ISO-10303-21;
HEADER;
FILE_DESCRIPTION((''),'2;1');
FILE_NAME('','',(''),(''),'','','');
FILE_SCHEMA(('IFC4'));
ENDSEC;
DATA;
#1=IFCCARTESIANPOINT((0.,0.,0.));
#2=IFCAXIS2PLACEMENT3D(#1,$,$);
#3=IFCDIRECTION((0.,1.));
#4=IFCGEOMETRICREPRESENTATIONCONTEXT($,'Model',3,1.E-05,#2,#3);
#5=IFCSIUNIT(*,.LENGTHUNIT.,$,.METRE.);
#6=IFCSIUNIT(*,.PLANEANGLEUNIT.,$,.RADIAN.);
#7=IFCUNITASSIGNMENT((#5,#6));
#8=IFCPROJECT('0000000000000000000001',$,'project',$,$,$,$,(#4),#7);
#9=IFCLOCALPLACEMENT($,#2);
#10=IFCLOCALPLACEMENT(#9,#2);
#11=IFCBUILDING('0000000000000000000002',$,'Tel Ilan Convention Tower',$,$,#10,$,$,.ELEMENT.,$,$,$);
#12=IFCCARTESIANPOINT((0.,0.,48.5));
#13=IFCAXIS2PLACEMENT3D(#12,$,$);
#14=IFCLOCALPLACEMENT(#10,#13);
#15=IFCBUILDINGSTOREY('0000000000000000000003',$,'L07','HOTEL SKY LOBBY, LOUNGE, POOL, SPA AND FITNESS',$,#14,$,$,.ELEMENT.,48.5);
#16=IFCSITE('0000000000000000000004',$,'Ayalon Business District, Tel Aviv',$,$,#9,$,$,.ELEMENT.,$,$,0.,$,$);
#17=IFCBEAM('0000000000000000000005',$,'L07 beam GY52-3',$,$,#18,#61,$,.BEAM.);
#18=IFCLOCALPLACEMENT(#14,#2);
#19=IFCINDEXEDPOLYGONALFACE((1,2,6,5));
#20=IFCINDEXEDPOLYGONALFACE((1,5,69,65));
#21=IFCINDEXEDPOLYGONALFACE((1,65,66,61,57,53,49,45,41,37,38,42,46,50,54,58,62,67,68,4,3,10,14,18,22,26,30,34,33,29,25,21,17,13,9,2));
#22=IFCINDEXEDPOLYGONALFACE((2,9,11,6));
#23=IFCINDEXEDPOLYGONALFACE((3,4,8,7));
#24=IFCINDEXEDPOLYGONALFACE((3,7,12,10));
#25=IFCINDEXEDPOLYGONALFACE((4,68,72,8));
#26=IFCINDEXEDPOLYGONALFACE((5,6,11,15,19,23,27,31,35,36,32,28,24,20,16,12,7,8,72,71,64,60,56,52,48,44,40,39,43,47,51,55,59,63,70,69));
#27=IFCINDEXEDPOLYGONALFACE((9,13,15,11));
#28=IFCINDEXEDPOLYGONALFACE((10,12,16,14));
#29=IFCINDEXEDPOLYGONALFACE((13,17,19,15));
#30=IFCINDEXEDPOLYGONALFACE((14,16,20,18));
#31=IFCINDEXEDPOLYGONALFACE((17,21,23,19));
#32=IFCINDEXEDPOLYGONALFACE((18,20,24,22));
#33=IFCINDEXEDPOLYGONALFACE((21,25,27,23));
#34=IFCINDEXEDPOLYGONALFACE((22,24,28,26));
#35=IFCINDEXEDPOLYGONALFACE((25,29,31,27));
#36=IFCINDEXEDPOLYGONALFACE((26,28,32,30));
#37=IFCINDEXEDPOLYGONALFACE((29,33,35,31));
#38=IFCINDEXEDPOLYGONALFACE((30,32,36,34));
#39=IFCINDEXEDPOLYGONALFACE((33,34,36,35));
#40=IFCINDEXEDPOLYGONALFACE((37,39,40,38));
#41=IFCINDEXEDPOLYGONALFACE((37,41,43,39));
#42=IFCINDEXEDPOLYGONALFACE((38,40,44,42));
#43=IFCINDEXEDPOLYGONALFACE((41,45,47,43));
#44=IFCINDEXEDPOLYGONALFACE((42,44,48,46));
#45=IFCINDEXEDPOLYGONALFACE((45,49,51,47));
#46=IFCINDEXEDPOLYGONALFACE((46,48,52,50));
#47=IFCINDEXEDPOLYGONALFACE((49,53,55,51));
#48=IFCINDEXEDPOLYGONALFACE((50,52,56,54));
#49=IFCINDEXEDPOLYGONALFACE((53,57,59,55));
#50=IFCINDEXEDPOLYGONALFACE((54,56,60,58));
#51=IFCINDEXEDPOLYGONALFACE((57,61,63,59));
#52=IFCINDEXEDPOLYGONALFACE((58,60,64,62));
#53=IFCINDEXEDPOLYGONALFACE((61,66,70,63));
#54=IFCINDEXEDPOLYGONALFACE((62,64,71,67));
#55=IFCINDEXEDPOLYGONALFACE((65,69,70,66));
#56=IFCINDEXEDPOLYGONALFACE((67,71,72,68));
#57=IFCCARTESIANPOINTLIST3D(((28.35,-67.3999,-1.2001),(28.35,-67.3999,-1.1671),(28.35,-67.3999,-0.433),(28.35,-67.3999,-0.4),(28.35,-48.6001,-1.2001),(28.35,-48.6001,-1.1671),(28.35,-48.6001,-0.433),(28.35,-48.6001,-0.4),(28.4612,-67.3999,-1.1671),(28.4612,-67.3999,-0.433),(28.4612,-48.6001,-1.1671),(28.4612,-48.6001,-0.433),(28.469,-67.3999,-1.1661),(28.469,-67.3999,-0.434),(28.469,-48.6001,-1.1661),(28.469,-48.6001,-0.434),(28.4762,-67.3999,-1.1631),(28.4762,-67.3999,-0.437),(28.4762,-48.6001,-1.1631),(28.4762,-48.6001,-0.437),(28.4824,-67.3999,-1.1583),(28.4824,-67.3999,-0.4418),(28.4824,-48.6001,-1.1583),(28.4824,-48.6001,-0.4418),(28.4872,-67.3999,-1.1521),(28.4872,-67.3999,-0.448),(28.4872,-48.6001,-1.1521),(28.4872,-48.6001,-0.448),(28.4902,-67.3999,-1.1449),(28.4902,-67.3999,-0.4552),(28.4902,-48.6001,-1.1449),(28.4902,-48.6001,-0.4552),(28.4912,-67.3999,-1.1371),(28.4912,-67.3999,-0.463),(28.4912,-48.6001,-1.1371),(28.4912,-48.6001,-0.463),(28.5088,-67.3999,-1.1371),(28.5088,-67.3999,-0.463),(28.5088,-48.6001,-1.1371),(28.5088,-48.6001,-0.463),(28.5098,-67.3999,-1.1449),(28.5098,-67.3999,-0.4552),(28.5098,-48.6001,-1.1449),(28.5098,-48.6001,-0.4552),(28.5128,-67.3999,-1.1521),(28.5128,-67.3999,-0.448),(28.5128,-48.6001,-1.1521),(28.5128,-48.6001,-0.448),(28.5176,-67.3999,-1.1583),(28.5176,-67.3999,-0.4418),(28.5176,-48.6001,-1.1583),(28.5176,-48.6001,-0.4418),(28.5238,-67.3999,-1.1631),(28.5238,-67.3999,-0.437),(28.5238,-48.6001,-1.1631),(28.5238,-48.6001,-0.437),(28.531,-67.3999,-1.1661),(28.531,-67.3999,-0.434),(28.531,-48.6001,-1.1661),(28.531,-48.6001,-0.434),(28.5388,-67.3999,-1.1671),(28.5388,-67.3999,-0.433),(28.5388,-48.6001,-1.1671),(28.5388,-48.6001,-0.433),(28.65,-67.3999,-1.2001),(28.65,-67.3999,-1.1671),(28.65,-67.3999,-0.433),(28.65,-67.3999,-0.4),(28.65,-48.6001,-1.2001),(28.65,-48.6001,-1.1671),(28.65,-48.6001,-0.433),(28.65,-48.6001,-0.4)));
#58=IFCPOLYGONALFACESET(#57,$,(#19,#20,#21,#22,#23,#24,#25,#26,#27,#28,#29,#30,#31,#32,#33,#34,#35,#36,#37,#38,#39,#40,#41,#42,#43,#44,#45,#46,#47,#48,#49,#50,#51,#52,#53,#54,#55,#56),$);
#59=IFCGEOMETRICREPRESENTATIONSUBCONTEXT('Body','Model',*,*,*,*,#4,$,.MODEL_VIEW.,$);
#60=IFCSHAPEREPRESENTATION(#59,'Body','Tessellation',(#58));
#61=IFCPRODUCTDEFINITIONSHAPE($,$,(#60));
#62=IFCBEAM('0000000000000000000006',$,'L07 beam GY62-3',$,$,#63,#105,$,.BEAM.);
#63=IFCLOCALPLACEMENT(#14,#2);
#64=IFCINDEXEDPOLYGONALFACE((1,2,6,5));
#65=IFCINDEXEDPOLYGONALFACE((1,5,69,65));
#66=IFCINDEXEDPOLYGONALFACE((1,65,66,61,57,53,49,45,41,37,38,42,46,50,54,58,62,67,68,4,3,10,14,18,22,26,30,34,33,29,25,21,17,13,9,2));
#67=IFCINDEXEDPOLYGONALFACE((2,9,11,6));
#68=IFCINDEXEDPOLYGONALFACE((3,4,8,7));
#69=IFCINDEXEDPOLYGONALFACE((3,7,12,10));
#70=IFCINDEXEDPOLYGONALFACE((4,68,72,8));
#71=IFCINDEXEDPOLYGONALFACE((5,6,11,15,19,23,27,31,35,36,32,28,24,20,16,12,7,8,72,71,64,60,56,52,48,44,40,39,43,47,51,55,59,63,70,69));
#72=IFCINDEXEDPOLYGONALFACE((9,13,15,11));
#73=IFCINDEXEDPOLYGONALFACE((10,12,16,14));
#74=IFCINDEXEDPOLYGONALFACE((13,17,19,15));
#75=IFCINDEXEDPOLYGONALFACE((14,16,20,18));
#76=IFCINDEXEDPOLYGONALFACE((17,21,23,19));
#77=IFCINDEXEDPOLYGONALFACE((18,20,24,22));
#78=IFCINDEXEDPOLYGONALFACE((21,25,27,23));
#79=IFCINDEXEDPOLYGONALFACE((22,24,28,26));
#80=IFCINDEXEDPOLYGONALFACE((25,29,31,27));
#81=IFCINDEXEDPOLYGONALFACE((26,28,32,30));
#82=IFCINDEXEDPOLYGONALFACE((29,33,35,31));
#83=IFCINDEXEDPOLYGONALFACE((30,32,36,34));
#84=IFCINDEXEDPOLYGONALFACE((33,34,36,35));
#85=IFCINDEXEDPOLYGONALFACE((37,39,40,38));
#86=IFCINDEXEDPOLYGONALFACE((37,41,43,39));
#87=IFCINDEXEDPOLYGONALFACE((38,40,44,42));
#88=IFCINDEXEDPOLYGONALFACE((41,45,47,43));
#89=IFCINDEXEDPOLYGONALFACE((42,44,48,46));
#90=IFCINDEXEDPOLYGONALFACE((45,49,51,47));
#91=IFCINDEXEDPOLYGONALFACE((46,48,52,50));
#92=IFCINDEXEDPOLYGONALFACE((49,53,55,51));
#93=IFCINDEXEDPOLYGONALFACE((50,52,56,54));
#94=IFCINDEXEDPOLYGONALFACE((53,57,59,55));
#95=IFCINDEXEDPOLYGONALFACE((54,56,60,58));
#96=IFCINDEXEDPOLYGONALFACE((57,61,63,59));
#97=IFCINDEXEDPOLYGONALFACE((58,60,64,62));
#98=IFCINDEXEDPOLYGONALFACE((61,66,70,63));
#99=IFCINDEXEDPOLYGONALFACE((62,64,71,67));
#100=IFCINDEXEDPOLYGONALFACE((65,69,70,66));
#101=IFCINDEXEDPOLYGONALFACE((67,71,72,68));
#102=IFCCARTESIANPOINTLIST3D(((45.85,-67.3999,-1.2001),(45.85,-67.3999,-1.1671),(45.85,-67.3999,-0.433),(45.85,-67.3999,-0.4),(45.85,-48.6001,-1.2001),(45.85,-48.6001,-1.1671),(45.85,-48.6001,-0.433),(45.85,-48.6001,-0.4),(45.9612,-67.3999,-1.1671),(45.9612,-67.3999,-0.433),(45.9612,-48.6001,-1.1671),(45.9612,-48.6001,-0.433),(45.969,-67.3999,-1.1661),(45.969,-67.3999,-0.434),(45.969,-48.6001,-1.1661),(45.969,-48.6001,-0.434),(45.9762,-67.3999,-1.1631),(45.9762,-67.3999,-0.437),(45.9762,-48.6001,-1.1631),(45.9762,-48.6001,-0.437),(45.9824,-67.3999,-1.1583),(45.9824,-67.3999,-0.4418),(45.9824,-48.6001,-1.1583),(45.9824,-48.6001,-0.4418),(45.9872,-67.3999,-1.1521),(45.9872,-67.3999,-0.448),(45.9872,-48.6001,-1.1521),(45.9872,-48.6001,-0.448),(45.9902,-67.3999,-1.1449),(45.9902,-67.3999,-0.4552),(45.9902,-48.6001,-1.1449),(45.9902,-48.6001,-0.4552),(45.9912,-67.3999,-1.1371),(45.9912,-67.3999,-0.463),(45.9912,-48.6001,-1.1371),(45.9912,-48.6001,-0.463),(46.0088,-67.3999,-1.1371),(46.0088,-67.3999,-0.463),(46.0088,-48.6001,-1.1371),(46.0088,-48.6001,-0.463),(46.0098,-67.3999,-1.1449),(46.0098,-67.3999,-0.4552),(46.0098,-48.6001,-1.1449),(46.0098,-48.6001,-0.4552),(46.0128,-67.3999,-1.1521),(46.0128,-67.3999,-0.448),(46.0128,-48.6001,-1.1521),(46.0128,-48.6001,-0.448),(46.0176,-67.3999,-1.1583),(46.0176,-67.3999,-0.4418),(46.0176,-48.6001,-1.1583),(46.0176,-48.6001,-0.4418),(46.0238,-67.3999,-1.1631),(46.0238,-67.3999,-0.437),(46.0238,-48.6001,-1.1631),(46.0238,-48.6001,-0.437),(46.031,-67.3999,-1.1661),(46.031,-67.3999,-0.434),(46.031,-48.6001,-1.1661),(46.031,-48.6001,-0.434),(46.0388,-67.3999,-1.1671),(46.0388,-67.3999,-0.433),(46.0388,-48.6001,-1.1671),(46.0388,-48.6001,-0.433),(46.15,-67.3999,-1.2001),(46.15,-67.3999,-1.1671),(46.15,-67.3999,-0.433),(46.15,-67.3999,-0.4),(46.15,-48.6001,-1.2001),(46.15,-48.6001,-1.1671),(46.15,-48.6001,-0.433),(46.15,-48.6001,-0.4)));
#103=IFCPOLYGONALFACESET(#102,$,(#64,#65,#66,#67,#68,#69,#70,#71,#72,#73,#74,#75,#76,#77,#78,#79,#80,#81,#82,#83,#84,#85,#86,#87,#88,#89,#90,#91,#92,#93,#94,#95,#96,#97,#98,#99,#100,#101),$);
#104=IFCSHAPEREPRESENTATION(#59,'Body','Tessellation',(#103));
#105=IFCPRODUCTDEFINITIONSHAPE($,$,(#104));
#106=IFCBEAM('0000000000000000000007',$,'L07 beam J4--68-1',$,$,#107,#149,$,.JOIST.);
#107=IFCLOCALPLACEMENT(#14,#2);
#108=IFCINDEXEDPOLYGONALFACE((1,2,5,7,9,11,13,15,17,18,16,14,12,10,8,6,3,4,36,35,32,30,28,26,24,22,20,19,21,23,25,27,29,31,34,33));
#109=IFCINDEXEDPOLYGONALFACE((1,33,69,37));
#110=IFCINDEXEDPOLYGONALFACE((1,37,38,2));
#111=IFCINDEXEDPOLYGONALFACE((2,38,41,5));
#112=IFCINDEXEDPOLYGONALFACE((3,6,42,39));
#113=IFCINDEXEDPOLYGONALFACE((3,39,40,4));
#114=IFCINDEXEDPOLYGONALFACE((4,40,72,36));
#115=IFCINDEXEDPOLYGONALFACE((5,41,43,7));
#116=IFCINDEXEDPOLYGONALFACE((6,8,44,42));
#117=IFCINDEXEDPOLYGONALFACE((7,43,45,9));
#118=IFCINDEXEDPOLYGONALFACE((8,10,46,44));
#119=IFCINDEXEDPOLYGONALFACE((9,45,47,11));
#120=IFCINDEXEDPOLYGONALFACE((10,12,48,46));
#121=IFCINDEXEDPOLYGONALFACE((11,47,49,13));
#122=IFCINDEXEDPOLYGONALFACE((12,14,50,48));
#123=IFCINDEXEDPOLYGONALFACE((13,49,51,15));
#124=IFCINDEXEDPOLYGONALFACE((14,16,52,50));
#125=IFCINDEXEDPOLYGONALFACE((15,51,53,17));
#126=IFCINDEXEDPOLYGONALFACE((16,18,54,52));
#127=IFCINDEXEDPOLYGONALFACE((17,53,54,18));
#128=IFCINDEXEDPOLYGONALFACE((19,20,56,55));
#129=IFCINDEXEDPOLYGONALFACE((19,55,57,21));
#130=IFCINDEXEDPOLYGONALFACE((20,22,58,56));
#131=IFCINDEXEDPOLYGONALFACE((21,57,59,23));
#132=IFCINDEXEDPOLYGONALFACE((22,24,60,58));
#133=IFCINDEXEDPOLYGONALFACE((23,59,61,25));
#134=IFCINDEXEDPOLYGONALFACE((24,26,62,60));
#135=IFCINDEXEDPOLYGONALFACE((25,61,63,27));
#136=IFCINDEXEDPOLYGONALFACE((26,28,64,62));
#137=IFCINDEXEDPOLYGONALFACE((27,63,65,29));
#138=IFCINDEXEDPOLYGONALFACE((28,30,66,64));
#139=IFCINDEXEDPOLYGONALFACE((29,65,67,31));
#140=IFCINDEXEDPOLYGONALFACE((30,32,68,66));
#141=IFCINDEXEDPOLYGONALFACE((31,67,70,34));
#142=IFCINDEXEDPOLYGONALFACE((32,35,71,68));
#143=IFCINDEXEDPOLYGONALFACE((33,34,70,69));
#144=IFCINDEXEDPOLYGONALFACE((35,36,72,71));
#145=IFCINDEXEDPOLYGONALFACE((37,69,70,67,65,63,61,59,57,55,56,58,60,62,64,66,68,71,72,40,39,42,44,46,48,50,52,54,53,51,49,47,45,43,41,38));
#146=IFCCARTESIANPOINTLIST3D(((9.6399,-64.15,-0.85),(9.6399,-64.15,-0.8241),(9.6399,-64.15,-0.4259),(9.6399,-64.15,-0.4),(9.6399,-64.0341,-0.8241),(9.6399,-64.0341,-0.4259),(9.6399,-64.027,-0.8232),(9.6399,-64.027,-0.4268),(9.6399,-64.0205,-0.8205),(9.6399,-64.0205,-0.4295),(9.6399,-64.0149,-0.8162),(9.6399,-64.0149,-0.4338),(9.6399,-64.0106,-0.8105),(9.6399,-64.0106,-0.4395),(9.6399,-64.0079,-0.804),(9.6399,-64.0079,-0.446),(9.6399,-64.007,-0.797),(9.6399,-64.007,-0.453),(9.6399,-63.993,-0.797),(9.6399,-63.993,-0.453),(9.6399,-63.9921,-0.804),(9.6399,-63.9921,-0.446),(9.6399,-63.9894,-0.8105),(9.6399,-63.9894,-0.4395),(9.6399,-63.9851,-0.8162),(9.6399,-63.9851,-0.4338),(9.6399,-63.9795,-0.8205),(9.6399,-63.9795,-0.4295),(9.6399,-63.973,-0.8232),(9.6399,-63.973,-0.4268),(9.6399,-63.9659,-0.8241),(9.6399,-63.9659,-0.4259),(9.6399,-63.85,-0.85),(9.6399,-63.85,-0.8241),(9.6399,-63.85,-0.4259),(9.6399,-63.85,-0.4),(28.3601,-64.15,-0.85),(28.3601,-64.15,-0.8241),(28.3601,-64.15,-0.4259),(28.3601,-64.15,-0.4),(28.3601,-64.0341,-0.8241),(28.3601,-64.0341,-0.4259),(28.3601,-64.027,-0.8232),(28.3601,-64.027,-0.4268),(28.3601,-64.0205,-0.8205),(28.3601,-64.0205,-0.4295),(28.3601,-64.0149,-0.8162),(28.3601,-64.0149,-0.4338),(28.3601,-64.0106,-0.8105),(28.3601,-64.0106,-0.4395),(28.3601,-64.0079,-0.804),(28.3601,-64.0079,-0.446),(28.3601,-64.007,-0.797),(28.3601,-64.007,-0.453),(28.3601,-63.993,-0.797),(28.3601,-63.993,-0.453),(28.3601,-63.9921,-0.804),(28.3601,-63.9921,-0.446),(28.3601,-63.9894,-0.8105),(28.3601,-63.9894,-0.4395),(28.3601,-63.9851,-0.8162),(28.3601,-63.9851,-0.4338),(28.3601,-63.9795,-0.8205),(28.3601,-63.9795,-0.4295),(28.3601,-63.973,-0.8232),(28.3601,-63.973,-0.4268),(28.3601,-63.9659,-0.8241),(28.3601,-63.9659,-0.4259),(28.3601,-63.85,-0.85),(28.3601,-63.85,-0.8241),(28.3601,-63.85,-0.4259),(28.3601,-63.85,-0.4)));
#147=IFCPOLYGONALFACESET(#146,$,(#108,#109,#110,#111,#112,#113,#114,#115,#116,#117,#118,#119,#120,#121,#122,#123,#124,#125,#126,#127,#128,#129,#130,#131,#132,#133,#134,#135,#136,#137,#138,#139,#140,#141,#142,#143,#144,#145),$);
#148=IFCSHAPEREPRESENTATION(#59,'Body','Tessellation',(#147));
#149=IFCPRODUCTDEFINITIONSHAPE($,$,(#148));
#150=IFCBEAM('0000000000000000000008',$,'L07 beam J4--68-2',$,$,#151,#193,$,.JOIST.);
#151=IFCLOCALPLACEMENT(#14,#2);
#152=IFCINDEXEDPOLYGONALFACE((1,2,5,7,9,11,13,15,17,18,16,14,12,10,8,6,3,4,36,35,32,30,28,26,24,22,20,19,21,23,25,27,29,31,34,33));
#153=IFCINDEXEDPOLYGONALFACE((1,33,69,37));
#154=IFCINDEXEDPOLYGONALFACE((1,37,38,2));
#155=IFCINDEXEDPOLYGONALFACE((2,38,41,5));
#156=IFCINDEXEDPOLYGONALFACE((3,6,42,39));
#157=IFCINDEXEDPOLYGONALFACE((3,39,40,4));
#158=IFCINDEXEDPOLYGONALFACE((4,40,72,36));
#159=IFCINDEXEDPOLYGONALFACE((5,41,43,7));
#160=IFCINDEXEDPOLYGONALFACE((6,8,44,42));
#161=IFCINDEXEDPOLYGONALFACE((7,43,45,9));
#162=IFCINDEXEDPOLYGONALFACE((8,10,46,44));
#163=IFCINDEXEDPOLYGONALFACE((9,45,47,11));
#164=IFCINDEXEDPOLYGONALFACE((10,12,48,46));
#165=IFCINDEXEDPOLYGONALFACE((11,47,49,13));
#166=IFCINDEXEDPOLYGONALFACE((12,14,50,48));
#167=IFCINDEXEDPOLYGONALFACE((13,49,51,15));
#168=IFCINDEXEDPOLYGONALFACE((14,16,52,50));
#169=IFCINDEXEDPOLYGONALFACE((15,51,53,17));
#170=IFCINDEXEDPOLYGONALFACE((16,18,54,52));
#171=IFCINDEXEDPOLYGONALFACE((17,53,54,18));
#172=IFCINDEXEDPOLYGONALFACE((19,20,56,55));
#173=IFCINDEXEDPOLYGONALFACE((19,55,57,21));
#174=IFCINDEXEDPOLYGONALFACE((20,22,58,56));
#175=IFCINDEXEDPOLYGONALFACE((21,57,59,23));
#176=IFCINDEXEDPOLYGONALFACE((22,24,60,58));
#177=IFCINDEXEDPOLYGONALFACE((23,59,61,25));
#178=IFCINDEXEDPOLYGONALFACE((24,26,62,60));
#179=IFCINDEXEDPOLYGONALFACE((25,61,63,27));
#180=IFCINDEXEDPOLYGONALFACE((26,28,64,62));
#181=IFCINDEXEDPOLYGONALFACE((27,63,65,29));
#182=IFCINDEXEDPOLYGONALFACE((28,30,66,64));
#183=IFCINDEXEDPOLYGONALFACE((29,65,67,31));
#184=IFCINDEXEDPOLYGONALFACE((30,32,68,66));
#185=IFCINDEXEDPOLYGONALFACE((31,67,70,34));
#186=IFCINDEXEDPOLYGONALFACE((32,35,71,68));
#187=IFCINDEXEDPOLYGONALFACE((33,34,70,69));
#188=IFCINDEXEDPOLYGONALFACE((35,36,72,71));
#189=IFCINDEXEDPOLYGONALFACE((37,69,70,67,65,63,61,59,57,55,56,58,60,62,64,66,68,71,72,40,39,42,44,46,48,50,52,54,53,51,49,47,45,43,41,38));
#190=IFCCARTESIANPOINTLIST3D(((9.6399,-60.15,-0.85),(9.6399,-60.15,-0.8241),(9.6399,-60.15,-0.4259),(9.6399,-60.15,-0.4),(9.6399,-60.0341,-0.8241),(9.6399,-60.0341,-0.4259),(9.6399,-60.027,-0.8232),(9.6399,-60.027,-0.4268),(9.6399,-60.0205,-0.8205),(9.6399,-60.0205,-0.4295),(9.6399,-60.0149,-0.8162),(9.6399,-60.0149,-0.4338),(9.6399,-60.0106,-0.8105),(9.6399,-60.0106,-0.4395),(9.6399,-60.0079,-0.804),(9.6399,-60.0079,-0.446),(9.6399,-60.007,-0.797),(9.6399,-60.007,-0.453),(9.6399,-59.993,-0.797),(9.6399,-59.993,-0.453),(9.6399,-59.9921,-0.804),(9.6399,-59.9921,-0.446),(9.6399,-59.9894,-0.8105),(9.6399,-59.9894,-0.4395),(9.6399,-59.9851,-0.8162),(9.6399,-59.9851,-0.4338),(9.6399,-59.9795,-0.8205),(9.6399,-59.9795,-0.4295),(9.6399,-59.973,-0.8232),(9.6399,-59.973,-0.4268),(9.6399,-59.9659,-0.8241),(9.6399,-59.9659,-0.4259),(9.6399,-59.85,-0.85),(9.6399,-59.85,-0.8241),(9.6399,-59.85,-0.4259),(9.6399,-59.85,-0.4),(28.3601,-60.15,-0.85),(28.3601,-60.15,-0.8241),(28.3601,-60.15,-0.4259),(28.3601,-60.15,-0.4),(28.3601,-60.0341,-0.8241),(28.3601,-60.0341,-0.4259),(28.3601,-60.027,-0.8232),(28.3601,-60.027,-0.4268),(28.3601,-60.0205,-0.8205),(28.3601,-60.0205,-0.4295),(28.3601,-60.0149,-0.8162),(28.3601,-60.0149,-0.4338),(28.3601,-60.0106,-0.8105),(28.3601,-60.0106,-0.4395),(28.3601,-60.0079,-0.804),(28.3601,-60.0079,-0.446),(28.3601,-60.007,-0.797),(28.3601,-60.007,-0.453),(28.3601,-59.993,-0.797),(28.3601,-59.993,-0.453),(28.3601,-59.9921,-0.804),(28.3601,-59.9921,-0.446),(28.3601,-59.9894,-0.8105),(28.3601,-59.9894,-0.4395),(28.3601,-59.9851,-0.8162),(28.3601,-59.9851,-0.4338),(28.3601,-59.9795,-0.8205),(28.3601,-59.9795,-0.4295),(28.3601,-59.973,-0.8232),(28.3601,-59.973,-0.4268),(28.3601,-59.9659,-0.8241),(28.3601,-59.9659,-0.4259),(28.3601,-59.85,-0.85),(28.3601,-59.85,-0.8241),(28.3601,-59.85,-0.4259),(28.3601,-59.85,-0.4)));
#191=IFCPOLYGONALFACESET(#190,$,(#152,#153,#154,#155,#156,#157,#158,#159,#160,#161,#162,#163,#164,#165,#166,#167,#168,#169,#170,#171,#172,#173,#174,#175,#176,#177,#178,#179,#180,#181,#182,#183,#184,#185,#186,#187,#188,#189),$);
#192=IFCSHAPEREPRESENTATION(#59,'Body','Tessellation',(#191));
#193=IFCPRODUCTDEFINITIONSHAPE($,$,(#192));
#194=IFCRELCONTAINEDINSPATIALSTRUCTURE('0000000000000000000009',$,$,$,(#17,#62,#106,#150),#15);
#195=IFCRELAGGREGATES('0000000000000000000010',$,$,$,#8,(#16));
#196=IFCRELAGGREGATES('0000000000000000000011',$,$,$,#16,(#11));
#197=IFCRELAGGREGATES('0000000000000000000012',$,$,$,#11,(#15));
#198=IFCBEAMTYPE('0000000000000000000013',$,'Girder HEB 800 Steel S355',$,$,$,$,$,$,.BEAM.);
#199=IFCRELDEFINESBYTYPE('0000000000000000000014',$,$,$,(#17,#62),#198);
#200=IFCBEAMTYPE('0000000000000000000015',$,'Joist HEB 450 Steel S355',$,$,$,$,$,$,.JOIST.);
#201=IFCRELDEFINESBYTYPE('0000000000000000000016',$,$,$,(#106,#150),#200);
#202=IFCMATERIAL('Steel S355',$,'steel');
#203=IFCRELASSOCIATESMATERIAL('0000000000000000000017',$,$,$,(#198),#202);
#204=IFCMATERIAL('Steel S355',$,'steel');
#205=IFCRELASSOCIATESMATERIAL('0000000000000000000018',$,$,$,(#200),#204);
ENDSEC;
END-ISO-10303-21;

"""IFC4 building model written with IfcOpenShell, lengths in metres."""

from ifc_helpers import new_model, si_unit, direction, frame, origin, origin_2d, place, context, subcontext, project, spatial, i_section, extrude, material, material_profile, profile_set, type_object, element, save


model = new_model("IFC4")

# Units and contexts
model_context = context("Model", 3, precision=1e-05, world=origin(), true_north=direction((0.0, 1.0)))
body_context = subcontext(model_context, "Body", "Model", "MODEL_VIEW")
ifc_project = project(units=[si_unit("LENGTHUNIT", "METRE"), si_unit("PLANEANGLEUNIT", "RADIAN")], contexts=[model_context])

# Site, building, storey
site_placement = place(None, origin())
site = spatial("IfcSite", under=ifc_project, at=site_placement, Name="Ayalon Business District, Tel Aviv", CompositionType="ELEMENT", RefElevation=0.0)
building_placement = place(site_placement, origin())
building = spatial("IfcBuilding", under=site, at=building_placement, Name="Tel Ilan Convention Tower", CompositionType="ELEMENT")
storey_placement = place(building_placement, frame((0.0, 0.0, 48.5)))
storey = spatial("IfcBuildingStorey", under=building, at=storey_placement, Name="L07", Description="HOTEL SKY LOBBY, LOUNGE, POOL, SPA AND FITNESS", CompositionType="ELEMENT", Elevation=48.5)

# Beams
ifc_material_1 = material(Name="Steel S355", Category="steel")
ifc_material_profile_1 = material_profile(ifc_material_1, i_section(OverallWidth=0.3, OverallDepth=0.8, WebThickness=0.0176, FlangeThickness=0.033, FilletRadius=0.03, at=origin_2d()), Name="HEB 800")
ifc_profile_set_1 = profile_set([ifc_material_profile_1], Name="Steel S355")
beam_type_1 = type_object("IfcBeamType", Name="Girder HEB 800 Steel S355", PredefinedType="BEAM", material=ifc_profile_set_1)
for number, where, z_axis, x_axis, name in (
    (1, (28.5, -67.3999, -0.8), (0.0, 1.0, 0.0), (-1.0, 0.0, 0.0), "L07 beam GY52-3"),
    (2, (46.0, -67.3999, -0.8), (0.0, 1.0, 0.0), (-1.0, 0.0, 0.0), "L07 beam GY62-3"),
):
    element("IfcBeam", number, at=place(storey_placement, frame(where, z_axis=z_axis, x_axis=x_axis)), inside=storey, type_object=beam_type_1, Name=name, PredefinedType="BEAM", context=body_context, shape_type="SweptSolid", body=[
        extrude(i_section(OverallWidth=0.3, OverallDepth=0.8, WebThickness=0.0176, FlangeThickness=0.033, FilletRadius=0.03, at=origin_2d()), origin(), (0.0, 0.0, 1.0), 18.7998),
    ])
ifc_material_2 = material(Name="Steel S355", Category="steel")
ifc_material_profile_2 = material_profile(ifc_material_2, i_section(OverallWidth=0.3, OverallDepth=0.45, WebThickness=0.0139, FlangeThickness=0.0259, FilletRadius=0.0271, at=origin_2d()), Name="HEB 450")
ifc_profile_set_2 = profile_set([ifc_material_profile_2], Name="Steel S355")
beam_type_2 = type_object("IfcBeamType", Name="Joist HEB 450 Steel S355", PredefinedType="JOIST", material=ifc_profile_set_2)
for number, where, z_axis, x_axis, name in (
    (3, (9.6399, -64.0, -0.625), (1.0, 0.0, 0.0), (0.0, 1.0, 0.0), "L07 beam J4--68-1"),
    (4, (9.6399, -60.0, -0.625), (1.0, 0.0, 0.0), (0.0, 1.0, 0.0), "L07 beam J4--68-2"),
):
    element("IfcBeam", number, at=place(storey_placement, frame(where, z_axis=z_axis, x_axis=x_axis)), inside=storey, type_object=beam_type_2, Name=name, PredefinedType="JOIST", context=body_context, shape_type="SweptSolid", body=[
        extrude(i_section(OverallWidth=0.3, OverallDepth=0.45, WebThickness=0.0139, FlangeThickness=0.0259, FilletRadius=0.0271, at=origin_2d()), origin(), (0.0, 0.0, 1.0), 18.7202),
    ])

save(model, "model.ifc")
